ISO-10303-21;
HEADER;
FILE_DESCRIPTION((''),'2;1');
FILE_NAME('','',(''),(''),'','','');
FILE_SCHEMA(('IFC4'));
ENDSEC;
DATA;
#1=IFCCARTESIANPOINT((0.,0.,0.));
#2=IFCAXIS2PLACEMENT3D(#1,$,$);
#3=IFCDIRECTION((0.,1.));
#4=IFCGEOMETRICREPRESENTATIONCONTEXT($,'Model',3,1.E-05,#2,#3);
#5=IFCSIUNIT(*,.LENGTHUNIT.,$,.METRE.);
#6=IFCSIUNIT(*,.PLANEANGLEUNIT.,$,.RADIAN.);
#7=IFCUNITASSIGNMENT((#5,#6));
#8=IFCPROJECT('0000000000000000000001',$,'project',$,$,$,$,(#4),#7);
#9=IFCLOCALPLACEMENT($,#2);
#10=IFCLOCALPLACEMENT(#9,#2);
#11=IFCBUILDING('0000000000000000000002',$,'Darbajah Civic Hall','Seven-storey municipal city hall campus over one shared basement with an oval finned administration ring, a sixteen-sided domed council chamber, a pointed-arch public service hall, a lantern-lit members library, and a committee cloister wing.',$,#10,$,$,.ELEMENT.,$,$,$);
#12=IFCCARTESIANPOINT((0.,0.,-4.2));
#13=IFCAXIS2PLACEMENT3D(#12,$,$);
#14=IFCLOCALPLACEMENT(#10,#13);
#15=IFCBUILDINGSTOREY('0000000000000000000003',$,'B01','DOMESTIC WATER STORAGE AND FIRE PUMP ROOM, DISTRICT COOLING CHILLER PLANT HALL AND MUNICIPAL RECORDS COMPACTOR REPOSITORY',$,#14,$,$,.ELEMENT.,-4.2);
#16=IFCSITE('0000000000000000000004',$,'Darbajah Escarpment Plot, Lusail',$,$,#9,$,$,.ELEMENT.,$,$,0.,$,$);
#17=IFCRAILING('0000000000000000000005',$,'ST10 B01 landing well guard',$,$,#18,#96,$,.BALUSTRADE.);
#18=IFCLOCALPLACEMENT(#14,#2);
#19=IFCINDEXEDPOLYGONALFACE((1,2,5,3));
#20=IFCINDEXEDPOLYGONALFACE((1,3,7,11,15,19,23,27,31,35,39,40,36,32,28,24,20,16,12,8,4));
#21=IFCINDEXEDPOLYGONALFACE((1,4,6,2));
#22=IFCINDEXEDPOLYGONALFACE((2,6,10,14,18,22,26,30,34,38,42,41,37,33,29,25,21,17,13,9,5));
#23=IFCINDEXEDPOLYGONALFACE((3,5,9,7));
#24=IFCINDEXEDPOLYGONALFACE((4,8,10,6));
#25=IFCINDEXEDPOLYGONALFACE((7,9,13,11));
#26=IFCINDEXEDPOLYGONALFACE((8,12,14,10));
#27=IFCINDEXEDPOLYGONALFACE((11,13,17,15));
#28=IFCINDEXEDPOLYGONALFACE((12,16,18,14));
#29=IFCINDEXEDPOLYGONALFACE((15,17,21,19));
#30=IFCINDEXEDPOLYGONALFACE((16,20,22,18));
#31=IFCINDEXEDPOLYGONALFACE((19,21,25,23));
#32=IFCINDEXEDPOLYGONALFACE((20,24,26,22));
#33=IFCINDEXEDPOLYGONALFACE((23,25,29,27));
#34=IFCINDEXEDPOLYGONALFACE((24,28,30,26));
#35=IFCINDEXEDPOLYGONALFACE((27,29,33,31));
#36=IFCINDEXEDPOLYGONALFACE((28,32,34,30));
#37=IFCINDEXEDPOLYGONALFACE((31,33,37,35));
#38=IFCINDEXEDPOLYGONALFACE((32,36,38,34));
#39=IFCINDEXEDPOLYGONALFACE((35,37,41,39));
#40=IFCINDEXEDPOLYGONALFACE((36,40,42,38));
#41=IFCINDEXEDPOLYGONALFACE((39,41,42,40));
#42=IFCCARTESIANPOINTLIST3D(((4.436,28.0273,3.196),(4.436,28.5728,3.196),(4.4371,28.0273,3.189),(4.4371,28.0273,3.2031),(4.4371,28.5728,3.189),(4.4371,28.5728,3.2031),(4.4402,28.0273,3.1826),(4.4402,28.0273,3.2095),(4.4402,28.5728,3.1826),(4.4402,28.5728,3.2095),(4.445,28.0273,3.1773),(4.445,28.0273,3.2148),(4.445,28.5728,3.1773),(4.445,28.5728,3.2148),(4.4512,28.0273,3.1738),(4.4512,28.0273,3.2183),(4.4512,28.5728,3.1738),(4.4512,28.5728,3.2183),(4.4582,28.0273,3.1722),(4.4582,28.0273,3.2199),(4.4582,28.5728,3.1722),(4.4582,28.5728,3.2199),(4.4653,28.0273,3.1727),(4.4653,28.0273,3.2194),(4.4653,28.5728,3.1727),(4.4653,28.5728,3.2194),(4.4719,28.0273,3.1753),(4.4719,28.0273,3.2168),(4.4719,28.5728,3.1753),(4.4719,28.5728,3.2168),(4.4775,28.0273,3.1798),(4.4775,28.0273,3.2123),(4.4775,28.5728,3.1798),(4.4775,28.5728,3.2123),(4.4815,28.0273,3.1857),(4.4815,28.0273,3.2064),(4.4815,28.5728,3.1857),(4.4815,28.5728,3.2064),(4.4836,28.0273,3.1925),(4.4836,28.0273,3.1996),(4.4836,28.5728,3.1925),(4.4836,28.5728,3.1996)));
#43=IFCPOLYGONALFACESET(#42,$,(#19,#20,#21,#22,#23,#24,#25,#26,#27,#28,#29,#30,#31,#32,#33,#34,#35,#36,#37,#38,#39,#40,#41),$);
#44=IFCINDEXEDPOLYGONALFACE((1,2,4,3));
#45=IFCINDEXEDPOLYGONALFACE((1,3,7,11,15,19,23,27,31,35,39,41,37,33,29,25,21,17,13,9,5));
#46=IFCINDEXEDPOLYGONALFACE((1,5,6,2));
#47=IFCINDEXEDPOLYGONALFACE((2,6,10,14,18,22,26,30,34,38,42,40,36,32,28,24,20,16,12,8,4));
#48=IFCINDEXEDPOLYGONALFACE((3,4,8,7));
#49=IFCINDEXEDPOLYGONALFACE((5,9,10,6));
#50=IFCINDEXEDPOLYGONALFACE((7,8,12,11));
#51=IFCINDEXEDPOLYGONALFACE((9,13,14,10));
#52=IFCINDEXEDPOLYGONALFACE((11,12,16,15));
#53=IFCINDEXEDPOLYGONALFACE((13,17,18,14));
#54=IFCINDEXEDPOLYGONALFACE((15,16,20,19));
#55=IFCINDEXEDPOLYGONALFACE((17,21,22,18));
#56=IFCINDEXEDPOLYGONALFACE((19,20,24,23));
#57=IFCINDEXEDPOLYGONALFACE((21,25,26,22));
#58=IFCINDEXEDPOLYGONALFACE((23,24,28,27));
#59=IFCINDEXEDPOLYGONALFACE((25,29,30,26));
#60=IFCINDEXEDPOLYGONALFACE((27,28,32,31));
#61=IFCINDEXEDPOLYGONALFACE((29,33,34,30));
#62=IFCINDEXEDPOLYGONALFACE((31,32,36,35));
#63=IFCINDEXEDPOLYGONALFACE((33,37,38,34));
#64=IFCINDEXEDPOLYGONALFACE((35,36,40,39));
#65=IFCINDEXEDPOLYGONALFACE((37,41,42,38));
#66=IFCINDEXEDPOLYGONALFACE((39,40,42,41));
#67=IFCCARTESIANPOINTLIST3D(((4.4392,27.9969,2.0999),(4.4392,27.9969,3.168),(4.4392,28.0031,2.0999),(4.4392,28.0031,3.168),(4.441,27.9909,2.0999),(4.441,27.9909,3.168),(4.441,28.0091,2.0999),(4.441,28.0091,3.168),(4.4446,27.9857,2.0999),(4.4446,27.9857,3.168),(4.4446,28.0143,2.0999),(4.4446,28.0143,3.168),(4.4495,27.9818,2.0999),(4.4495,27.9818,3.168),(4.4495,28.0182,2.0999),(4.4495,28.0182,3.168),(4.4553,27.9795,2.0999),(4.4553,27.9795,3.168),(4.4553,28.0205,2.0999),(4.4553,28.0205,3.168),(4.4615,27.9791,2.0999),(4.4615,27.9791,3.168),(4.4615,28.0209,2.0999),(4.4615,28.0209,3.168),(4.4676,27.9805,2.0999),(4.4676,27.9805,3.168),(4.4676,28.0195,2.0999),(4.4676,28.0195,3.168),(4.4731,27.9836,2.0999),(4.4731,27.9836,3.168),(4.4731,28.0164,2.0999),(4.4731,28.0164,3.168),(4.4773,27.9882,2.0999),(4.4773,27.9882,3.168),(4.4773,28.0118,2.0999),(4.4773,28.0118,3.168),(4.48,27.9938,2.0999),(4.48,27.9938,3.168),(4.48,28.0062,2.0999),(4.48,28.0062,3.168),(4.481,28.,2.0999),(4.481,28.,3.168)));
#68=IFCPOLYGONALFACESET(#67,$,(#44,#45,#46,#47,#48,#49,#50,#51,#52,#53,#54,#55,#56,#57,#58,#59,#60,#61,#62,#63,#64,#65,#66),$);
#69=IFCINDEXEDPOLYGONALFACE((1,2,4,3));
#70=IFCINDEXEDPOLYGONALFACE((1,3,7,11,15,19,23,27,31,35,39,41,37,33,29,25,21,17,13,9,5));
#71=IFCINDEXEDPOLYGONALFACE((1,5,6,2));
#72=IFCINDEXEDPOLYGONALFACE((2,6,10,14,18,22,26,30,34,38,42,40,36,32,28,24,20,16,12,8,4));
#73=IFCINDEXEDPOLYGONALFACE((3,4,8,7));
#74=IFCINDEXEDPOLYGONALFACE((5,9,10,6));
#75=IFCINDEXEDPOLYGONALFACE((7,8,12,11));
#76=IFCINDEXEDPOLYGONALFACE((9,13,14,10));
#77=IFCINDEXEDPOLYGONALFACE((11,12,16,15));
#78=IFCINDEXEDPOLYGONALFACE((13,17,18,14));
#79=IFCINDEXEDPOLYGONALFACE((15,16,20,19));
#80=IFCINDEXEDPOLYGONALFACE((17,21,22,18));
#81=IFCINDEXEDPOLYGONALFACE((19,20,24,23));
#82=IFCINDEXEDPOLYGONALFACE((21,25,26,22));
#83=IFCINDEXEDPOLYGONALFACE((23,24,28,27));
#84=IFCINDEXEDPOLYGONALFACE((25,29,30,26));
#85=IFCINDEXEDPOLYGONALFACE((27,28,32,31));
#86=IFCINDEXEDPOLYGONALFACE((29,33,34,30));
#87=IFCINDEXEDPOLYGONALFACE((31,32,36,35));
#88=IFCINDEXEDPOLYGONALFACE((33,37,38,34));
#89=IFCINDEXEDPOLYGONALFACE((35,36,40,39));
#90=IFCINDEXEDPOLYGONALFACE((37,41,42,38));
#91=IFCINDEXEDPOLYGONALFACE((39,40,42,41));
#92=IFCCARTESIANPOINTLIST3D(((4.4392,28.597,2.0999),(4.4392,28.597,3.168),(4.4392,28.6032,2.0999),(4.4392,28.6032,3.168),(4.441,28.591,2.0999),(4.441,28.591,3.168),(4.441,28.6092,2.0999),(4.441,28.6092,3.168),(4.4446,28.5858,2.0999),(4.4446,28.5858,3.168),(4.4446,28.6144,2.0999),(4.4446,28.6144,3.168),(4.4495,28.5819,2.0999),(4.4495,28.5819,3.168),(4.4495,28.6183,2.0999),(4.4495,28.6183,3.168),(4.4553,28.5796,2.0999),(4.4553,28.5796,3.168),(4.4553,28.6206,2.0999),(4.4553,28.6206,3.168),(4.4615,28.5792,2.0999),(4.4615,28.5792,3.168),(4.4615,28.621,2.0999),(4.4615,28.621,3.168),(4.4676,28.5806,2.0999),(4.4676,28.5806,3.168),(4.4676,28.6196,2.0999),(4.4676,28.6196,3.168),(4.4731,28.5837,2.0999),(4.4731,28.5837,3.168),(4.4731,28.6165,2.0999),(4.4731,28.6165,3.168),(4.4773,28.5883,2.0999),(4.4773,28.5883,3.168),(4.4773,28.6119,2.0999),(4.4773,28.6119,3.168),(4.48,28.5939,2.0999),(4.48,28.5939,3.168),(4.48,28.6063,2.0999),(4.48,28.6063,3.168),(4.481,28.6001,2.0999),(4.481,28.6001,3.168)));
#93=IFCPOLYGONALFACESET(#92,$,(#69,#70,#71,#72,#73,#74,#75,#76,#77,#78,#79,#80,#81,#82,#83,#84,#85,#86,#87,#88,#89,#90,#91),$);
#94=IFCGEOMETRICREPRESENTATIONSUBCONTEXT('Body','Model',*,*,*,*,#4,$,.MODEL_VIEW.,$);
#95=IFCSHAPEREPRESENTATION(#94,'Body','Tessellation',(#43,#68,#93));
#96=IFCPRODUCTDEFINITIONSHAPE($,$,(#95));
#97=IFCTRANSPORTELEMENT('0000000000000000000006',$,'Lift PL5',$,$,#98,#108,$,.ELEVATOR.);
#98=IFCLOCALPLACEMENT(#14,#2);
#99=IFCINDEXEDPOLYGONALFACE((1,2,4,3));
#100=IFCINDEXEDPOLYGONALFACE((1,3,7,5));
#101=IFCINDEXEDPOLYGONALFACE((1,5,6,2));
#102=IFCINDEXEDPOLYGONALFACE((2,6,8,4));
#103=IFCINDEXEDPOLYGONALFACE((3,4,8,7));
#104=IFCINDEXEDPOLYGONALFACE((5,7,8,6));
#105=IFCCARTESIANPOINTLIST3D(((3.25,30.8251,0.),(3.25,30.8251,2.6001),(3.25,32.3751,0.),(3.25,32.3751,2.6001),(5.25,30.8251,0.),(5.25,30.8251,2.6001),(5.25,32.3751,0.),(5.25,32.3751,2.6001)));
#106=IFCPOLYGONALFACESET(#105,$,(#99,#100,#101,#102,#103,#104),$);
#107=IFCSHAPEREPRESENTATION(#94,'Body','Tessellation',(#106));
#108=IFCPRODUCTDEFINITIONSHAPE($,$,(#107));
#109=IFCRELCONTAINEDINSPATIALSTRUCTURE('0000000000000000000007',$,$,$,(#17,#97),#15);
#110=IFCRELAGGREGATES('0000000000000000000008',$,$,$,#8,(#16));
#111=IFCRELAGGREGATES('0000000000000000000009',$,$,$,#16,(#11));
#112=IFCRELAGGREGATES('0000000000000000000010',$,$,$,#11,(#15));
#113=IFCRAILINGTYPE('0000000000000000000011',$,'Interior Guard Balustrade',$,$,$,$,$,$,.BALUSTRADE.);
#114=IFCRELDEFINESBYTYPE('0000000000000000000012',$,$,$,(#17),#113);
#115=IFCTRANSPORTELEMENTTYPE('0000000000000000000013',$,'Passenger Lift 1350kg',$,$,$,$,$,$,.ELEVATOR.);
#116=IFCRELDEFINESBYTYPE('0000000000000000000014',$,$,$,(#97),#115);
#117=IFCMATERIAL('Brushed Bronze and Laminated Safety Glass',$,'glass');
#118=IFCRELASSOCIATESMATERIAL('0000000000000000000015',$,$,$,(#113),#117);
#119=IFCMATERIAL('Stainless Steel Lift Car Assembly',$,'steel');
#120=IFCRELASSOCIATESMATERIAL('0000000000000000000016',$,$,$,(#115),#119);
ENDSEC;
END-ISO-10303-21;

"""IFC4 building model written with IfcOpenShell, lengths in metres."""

from ifc_helpers import new_model, si_unit, direction, frame, origin, origin_2d, place, context, subcontext, project, spatial, rectangle, circle, extrude, material, type_object, element, save


model = new_model("IFC4")

# Units and contexts
model_context = context("Model", 3, precision=1e-05, world=origin(), true_north=direction((0.0, 1.0)))
body_context = subcontext(model_context, "Body", "Model", "MODEL_VIEW")
ifc_project = project(units=[si_unit("LENGTHUNIT", "METRE"), si_unit("PLANEANGLEUNIT", "RADIAN")], contexts=[model_context])

# Site, building, storey
site_placement = place(None, origin())
site = spatial("IfcSite", under=ifc_project, at=site_placement, Name="Darbajah Escarpment Plot, Lusail", CompositionType="ELEMENT", RefElevation=0.0)
building_placement = place(site_placement, origin())
building = spatial("IfcBuilding", under=site, at=building_placement, Name="Darbajah Civic Hall", Description="Seven-storey municipal city hall campus over one shared basement with an oval finned administration ring, a sixteen-sided domed council chamber, a pointed-arch public service hall, a lantern-lit members library, and a committee cloister wing.", CompositionType="ELEMENT")
storey_placement = place(building_placement, frame((0.0, 0.0, -4.2)))
storey = spatial("IfcBuildingStorey", under=building, at=storey_placement, Name="B01", Description="DOMESTIC WATER STORAGE AND FIRE PUMP ROOM, DISTRICT COOLING CHILLER PLANT HALL AND MUNICIPAL RECORDS COMPACTOR REPOSITORY", CompositionType="ELEMENT", Elevation=-4.2)

# Railing
ifc_material_1 = material(Name="Brushed Bronze and Laminated Safety Glass", Category="glass")
railing_type_1 = type_object("IfcRailingType", Name="Interior Guard Balustrade", PredefinedType="BALUSTRADE", material=ifc_material_1)
railing_1_placement = place(storey_placement, frame((4.46, 28.0, 2.0999)))
element("IfcRailing", 1, at=railing_1_placement, inside=storey, type_object=railing_type_1, Name="ST10 B01 landing well guard", PredefinedType="BALUSTRADE", context=body_context, shape_type="SweptSolid", body=[
    extrude(circle(Radius=0.0239, at=origin_2d()), frame((0.0, 0.0273, 1.0962), z_axis=(0.0, 1.0, 0.0), x_axis=(-1.0, 0.0, 0.0)), (0.0, 0.0, 1.0), 0.5454),
    extrude(circle(Radius=0.021, at=origin_2d()), origin(), (0.0, 0.0, 1.0), 1.0681),
    extrude(circle(Radius=0.021, at=origin_2d()), frame((0.0, 0.6001, 0.0)), (0.0, 0.0, 1.0), 1.0681),
])

# Transport element
ifc_material_2 = material(Name="Stainless Steel Lift Car Assembly", Category="steel")
transport_element_type = type_object("IfcTransportElementType", Name="Passenger Lift 1350kg", PredefinedType="ELEVATOR", material=ifc_material_2)
transport_element_placement = place(storey_placement, frame((4.25, 31.6001, 0.0), z_axis=(0.0, 0.0, 1.0), x_axis=(1.0, 0.0, 0.0)))
element("IfcTransportElement", 2, at=transport_element_placement, inside=storey, type_object=transport_element_type, Name="Lift PL5", PredefinedType="ELEVATOR", context=body_context, shape_type="SweptSolid", body=[
    extrude(rectangle(XDim=2.0, YDim=1.55, at=origin_2d()), origin(), (0.0, 0.0, 1.0), 2.6001),
])

save(model, "model.ifc")
